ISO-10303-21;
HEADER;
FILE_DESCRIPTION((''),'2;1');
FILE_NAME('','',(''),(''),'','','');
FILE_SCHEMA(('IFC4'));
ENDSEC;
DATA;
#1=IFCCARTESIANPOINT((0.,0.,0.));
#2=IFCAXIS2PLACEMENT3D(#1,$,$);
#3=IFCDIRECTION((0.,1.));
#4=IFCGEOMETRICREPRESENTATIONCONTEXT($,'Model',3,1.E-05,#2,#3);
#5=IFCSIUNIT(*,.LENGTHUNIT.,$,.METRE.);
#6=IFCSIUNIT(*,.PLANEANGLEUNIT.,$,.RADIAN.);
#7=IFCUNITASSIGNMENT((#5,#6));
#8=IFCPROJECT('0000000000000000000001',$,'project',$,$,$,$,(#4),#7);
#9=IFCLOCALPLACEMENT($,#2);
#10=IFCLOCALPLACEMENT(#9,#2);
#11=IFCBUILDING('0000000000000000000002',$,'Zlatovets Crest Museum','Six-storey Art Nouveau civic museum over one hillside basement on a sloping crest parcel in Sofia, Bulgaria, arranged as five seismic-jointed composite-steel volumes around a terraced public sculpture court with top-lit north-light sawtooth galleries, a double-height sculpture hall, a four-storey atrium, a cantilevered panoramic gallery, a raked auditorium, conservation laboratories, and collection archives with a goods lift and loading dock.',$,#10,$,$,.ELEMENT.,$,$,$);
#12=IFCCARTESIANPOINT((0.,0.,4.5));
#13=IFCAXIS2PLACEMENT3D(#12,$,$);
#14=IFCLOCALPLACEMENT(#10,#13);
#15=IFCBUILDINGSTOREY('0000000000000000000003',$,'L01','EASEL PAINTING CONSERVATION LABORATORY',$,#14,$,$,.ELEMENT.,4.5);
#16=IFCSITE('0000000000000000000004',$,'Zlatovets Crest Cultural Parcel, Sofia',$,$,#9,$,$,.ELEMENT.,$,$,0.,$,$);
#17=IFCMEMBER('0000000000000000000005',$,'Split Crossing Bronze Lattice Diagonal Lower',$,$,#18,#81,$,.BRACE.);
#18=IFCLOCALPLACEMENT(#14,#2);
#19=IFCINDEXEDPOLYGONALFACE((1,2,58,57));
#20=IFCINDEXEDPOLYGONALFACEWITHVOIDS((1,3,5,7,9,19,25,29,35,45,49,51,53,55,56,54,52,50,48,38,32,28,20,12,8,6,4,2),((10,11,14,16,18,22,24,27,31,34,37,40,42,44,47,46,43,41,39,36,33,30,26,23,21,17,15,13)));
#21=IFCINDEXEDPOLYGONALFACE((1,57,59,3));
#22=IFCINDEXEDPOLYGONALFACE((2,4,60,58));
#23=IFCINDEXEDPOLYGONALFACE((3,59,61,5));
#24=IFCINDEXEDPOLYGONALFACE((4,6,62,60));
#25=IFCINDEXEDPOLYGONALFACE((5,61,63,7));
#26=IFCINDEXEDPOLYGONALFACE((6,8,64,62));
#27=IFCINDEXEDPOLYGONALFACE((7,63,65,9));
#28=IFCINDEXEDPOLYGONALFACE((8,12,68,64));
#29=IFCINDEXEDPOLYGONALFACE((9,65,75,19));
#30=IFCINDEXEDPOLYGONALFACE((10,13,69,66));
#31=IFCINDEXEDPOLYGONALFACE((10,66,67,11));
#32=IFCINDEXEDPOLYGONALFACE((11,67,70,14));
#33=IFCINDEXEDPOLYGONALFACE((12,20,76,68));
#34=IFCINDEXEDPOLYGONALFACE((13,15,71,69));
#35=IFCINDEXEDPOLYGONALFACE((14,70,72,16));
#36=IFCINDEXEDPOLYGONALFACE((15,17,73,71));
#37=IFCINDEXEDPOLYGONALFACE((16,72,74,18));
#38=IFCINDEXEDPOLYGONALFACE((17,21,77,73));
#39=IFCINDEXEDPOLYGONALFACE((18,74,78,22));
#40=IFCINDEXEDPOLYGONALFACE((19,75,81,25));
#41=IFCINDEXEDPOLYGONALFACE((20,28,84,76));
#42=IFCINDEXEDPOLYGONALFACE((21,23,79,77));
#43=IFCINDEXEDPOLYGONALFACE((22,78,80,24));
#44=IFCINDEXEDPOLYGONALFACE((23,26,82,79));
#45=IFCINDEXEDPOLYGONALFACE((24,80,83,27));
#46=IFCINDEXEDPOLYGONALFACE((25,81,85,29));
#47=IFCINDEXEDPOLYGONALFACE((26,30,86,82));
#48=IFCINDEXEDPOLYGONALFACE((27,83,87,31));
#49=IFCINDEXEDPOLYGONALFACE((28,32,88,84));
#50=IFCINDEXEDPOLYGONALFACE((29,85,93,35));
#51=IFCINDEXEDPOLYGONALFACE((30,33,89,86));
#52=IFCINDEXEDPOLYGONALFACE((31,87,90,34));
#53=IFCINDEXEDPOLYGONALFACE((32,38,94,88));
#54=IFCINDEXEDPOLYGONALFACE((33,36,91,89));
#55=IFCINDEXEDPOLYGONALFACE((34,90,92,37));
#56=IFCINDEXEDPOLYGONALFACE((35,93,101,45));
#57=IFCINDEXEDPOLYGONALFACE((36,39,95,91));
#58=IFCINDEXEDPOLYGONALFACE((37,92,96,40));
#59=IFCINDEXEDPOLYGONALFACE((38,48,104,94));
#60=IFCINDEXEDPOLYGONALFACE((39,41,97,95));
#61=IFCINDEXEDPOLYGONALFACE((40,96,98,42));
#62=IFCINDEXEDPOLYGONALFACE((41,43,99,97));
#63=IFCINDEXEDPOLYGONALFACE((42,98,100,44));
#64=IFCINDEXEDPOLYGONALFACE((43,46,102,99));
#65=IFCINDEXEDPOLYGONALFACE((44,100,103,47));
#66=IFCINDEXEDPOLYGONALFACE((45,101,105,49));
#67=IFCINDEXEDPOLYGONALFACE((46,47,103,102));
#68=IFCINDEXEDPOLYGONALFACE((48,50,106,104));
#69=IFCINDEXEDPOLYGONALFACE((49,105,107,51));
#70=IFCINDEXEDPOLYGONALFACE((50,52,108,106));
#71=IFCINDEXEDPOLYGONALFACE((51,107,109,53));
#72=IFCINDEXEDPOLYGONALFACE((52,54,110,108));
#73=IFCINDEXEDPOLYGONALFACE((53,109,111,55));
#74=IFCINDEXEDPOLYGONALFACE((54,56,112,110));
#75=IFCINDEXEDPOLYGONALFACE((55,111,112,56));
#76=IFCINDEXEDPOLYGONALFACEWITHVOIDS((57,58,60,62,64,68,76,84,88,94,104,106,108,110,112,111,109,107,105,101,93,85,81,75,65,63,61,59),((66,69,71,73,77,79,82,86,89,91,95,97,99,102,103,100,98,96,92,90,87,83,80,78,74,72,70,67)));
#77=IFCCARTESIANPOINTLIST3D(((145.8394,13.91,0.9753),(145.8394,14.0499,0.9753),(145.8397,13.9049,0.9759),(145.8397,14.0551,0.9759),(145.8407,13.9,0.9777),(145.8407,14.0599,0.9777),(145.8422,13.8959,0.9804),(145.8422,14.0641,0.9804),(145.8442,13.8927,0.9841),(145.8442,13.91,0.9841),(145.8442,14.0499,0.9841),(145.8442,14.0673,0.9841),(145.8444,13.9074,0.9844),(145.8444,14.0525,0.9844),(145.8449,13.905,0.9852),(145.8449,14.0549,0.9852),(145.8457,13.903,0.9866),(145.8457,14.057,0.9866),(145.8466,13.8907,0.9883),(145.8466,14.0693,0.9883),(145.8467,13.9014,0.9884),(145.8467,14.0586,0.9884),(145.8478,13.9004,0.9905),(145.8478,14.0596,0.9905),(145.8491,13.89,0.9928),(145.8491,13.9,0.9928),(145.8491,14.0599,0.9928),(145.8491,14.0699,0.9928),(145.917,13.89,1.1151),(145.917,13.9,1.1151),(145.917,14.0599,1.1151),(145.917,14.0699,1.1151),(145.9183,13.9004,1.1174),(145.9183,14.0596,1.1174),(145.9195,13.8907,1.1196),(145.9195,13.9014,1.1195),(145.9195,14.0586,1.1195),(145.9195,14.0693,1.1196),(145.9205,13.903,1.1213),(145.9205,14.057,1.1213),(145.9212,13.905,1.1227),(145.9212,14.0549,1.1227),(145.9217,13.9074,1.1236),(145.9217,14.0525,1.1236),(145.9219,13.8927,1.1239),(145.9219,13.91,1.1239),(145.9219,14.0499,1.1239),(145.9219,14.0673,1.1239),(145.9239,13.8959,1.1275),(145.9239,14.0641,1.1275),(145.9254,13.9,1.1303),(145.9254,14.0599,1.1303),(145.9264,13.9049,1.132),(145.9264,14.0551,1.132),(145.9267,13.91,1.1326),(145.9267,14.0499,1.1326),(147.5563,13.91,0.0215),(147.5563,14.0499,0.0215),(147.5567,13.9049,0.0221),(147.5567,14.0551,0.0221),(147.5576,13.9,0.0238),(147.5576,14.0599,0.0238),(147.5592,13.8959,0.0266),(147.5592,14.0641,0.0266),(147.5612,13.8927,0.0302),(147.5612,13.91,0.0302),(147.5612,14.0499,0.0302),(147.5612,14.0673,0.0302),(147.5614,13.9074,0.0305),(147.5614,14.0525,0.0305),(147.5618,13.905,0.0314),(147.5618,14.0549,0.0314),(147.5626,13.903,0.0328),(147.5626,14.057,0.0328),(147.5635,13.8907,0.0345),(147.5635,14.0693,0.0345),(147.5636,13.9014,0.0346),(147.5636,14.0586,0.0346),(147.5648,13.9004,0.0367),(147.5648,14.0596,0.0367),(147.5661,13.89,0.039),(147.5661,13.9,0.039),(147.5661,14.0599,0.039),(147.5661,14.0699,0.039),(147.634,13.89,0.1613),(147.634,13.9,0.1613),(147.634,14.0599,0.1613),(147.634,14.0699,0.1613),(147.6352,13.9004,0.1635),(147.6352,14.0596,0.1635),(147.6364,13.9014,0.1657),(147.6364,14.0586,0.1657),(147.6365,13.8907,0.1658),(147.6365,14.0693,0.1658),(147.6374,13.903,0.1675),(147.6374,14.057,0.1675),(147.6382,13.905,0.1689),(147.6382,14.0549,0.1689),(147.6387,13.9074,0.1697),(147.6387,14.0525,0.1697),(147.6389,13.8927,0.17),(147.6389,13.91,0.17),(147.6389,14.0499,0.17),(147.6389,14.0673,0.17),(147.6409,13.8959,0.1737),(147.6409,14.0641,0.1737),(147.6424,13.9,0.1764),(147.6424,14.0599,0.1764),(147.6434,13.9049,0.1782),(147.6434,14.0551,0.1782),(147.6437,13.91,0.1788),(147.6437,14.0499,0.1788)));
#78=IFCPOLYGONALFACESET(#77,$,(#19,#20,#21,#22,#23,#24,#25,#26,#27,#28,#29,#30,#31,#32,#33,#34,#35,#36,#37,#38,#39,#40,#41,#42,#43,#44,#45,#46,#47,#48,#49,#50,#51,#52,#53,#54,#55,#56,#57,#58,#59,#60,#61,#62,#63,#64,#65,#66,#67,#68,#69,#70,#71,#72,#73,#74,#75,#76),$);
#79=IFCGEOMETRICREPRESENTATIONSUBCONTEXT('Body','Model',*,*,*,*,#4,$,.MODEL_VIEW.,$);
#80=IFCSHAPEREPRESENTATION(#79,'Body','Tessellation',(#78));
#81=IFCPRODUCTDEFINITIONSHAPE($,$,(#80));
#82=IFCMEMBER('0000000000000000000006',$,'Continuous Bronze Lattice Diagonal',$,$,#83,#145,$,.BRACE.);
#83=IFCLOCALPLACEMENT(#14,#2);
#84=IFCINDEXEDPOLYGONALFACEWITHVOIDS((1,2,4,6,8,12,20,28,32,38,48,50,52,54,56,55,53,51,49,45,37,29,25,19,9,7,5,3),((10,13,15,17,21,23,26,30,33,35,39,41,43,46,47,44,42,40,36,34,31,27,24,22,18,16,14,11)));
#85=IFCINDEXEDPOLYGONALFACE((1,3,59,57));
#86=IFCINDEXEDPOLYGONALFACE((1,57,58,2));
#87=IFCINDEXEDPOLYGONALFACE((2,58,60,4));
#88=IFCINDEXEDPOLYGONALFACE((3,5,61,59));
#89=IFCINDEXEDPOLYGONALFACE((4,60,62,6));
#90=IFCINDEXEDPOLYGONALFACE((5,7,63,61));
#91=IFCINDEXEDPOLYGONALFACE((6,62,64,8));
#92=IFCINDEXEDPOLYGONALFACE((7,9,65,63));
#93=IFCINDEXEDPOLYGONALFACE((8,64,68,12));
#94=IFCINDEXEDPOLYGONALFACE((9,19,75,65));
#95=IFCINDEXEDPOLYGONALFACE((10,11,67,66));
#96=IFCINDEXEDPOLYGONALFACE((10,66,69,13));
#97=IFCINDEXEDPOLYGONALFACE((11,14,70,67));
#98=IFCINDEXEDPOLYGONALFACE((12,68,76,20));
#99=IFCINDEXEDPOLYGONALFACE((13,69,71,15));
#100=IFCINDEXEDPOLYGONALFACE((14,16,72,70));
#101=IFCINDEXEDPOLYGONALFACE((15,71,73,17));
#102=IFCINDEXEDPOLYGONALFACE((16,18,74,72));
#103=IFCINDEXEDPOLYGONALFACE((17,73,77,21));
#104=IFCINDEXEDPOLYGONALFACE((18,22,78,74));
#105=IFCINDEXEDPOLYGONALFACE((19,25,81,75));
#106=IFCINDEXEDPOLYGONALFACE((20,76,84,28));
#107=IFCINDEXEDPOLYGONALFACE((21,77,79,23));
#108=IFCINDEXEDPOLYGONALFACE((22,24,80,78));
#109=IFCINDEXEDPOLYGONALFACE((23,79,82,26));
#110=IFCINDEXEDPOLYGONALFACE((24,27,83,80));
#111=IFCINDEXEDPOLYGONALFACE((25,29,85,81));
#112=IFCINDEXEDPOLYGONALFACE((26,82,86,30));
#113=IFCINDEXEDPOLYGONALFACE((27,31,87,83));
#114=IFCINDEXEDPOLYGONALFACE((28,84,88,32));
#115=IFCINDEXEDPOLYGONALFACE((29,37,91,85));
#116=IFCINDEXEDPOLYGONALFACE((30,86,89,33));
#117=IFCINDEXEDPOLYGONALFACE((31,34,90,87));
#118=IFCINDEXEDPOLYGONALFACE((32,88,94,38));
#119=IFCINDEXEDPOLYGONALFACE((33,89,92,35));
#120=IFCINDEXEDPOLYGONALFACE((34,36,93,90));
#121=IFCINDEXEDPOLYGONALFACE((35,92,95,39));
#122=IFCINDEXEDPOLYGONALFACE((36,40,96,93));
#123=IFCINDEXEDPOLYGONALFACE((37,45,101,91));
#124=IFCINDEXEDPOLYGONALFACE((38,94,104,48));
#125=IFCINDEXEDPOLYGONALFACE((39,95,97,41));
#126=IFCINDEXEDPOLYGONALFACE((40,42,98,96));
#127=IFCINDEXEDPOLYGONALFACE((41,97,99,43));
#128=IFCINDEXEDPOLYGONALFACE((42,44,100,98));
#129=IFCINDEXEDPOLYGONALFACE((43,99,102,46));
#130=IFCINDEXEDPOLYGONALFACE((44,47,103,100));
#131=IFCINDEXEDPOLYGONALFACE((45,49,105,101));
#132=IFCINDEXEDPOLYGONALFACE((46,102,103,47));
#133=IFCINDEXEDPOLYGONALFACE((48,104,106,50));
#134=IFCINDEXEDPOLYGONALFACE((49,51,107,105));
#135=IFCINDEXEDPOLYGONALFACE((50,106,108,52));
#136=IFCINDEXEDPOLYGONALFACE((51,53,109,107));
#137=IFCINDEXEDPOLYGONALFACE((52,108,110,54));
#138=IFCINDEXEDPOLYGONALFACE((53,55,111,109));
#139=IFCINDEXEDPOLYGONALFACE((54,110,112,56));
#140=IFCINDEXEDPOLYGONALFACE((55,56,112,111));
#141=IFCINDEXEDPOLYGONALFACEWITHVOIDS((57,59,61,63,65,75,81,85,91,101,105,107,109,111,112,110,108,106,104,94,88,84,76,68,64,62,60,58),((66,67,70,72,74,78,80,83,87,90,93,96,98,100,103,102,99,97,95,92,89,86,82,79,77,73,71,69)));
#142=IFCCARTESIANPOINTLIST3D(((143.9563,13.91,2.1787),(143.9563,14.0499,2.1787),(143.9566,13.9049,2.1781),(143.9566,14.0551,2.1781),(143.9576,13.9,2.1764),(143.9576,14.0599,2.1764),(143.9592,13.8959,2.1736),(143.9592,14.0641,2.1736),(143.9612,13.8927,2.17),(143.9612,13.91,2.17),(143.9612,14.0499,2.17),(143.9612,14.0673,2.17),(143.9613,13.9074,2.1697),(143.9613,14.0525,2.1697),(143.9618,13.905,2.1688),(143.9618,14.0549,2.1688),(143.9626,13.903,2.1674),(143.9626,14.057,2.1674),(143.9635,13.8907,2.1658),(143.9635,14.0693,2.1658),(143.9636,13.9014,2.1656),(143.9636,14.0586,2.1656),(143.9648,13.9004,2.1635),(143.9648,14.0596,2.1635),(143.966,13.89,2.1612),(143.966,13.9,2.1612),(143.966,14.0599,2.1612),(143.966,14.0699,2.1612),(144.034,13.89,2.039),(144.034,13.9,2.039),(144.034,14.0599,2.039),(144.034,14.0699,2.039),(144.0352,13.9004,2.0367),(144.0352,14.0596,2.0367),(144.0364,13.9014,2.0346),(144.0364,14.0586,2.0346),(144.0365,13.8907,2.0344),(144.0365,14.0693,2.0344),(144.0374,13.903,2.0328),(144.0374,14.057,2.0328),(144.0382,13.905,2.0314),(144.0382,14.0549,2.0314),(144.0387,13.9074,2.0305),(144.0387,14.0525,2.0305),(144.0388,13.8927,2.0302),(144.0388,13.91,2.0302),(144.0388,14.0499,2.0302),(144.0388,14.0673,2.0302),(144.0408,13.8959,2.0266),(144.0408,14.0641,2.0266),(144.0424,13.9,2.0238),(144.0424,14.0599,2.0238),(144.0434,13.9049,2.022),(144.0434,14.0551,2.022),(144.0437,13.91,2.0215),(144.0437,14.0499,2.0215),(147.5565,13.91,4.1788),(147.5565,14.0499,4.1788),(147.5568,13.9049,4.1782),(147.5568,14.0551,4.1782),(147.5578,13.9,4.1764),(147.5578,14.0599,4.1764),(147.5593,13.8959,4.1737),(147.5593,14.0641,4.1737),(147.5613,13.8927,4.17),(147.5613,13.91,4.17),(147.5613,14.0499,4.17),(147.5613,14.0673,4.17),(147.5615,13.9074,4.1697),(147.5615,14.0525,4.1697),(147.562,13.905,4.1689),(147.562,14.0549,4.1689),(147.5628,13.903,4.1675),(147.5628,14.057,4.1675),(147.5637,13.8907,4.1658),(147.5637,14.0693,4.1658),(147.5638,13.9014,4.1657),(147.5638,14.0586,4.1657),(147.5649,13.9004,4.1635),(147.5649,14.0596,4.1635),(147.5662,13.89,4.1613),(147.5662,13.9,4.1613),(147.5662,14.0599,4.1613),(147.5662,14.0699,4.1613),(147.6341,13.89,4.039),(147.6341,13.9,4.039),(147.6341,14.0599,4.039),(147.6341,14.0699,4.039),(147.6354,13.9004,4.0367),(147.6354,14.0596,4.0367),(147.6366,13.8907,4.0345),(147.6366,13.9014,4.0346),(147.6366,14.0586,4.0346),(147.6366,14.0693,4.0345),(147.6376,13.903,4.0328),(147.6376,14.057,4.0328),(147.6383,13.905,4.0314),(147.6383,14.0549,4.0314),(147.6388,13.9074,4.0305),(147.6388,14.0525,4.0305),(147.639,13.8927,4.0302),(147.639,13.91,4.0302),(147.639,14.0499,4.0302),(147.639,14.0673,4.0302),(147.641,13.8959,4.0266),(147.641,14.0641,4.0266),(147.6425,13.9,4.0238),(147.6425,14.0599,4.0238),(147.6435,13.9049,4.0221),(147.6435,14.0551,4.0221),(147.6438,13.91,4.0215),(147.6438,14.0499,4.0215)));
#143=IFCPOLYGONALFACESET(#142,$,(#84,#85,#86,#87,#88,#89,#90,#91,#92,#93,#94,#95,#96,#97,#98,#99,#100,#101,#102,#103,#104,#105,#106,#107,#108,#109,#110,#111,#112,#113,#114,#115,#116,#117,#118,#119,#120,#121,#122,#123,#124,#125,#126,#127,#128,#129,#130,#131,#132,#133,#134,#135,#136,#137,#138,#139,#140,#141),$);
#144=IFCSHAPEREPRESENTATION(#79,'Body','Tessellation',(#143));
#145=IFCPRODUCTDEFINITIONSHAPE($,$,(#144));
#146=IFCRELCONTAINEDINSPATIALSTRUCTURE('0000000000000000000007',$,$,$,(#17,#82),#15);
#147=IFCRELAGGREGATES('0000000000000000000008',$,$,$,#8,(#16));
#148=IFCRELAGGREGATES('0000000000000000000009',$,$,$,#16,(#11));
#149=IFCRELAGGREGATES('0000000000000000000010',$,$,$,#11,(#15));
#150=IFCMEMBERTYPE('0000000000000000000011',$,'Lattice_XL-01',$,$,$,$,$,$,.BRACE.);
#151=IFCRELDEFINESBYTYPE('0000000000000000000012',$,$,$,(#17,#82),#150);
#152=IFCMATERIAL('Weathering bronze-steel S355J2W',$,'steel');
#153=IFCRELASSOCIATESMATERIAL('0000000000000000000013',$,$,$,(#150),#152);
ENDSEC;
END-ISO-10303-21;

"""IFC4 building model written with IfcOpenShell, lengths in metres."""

from ifc_helpers import new_model, si_unit, direction, frame, origin, origin_2d, place, context, subcontext, project, spatial, hollow_rectangle, extrude, material, material_profile, profile_set, type_object, element, save


model = new_model("IFC4")

# Units and contexts
model_context = context("Model", 3, precision=1e-05, world=origin(), true_north=direction((0.0, 1.0)))
body_context = subcontext(model_context, "Body", "Model", "MODEL_VIEW")
ifc_project = project(units=[si_unit("LENGTHUNIT", "METRE"), si_unit("PLANEANGLEUNIT", "RADIAN")], contexts=[model_context])

# Site, building, storey
site_placement = place(None, origin())
site = spatial("IfcSite", under=ifc_project, at=site_placement, Name="Zlatovets Crest Cultural Parcel, Sofia", CompositionType="ELEMENT", RefElevation=0.0)
building_placement = place(site_placement, origin())
building = spatial("IfcBuilding", under=site, at=building_placement, Name="Zlatovets Crest Museum", Description="Six-storey Art Nouveau civic museum over one hillside basement on a sloping crest parcel in Sofia, Bulgaria, arranged as five seismic-jointed composite-steel volumes around a terraced public sculpture court with top-lit north-light sawtooth galleries, a double-height sculpture hall, a four-storey atrium, a cantilevered panoramic gallery, a raked auditorium, conservation laboratories, and collection archives with a goods lift and loading dock.", CompositionType="ELEMENT")
storey_placement = place(building_placement, frame((0.0, 0.0, 4.5)))
storey = spatial("IfcBuildingStorey", under=building, at=storey_placement, Name="L01", Description="EASEL PAINTING CONSERVATION LABORATORY", CompositionType="ELEMENT", Elevation=4.5)

# Members
ifc_material_1 = material(Name="Weathering bronze-steel S355J2W", Category="steel")
ifc_material_profile_1 = material_profile(ifc_material_1, hollow_rectangle(XDim=0.1799, YDim=0.1799, WallThickness=0.01, InnerFilletRadius=0.01, OuterFilletRadius=0.02, at=origin_2d()), Name="SHS 180x180x10.0")
ifc_profile_set_1 = profile_set([ifc_material_profile_1], Name="Weathering bronze-steel S355J2W")
member_type_1 = type_object("IfcMemberType", Name="Lattice_XL-01", PredefinedType="BRACE", material=ifc_profile_set_1)
member_1_placement = place(storey_placement, frame((145.8831, 13.98, 1.054), z_axis=(0.874169, 0.0, -0.485622), x_axis=(0.0, 1.0, 0.0)))
element("IfcMember", 1, at=member_1_placement, inside=storey, type_object=member_type_1, Name="Split Crossing Bronze Lattice Diagonal Lower", PredefinedType="BRACE", context=body_context, shape_type="SweptSolid", body=[
    extrude(hollow_rectangle(XDim=0.1799, YDim=0.1799, WallThickness=0.01, InnerFilletRadius=0.01, OuterFilletRadius=0.02, at=origin_2d()), origin(), (0.0, 0.0, 1.0), 1.9641),
])
member_2_placement = place(storey_placement, frame((144.0, 13.98, 2.1001), z_axis=(0.874163, 0.0, 0.485633), x_axis=(0.0, 1.0, 0.0)))
element("IfcMember", 2, at=member_2_placement, inside=storey, type_object=member_type_1, Name="Continuous Bronze Lattice Diagonal", PredefinedType="BRACE", context=body_context, shape_type="SweptSolid", body=[
    extrude(hollow_rectangle(XDim=0.1799, YDim=0.1799, WallThickness=0.01, InnerFilletRadius=0.01, OuterFilletRadius=0.02, at=origin_2d()), origin(), (0.0, 0.0, 1.0), 4.1184),
])

save(model, "model.ifc")
